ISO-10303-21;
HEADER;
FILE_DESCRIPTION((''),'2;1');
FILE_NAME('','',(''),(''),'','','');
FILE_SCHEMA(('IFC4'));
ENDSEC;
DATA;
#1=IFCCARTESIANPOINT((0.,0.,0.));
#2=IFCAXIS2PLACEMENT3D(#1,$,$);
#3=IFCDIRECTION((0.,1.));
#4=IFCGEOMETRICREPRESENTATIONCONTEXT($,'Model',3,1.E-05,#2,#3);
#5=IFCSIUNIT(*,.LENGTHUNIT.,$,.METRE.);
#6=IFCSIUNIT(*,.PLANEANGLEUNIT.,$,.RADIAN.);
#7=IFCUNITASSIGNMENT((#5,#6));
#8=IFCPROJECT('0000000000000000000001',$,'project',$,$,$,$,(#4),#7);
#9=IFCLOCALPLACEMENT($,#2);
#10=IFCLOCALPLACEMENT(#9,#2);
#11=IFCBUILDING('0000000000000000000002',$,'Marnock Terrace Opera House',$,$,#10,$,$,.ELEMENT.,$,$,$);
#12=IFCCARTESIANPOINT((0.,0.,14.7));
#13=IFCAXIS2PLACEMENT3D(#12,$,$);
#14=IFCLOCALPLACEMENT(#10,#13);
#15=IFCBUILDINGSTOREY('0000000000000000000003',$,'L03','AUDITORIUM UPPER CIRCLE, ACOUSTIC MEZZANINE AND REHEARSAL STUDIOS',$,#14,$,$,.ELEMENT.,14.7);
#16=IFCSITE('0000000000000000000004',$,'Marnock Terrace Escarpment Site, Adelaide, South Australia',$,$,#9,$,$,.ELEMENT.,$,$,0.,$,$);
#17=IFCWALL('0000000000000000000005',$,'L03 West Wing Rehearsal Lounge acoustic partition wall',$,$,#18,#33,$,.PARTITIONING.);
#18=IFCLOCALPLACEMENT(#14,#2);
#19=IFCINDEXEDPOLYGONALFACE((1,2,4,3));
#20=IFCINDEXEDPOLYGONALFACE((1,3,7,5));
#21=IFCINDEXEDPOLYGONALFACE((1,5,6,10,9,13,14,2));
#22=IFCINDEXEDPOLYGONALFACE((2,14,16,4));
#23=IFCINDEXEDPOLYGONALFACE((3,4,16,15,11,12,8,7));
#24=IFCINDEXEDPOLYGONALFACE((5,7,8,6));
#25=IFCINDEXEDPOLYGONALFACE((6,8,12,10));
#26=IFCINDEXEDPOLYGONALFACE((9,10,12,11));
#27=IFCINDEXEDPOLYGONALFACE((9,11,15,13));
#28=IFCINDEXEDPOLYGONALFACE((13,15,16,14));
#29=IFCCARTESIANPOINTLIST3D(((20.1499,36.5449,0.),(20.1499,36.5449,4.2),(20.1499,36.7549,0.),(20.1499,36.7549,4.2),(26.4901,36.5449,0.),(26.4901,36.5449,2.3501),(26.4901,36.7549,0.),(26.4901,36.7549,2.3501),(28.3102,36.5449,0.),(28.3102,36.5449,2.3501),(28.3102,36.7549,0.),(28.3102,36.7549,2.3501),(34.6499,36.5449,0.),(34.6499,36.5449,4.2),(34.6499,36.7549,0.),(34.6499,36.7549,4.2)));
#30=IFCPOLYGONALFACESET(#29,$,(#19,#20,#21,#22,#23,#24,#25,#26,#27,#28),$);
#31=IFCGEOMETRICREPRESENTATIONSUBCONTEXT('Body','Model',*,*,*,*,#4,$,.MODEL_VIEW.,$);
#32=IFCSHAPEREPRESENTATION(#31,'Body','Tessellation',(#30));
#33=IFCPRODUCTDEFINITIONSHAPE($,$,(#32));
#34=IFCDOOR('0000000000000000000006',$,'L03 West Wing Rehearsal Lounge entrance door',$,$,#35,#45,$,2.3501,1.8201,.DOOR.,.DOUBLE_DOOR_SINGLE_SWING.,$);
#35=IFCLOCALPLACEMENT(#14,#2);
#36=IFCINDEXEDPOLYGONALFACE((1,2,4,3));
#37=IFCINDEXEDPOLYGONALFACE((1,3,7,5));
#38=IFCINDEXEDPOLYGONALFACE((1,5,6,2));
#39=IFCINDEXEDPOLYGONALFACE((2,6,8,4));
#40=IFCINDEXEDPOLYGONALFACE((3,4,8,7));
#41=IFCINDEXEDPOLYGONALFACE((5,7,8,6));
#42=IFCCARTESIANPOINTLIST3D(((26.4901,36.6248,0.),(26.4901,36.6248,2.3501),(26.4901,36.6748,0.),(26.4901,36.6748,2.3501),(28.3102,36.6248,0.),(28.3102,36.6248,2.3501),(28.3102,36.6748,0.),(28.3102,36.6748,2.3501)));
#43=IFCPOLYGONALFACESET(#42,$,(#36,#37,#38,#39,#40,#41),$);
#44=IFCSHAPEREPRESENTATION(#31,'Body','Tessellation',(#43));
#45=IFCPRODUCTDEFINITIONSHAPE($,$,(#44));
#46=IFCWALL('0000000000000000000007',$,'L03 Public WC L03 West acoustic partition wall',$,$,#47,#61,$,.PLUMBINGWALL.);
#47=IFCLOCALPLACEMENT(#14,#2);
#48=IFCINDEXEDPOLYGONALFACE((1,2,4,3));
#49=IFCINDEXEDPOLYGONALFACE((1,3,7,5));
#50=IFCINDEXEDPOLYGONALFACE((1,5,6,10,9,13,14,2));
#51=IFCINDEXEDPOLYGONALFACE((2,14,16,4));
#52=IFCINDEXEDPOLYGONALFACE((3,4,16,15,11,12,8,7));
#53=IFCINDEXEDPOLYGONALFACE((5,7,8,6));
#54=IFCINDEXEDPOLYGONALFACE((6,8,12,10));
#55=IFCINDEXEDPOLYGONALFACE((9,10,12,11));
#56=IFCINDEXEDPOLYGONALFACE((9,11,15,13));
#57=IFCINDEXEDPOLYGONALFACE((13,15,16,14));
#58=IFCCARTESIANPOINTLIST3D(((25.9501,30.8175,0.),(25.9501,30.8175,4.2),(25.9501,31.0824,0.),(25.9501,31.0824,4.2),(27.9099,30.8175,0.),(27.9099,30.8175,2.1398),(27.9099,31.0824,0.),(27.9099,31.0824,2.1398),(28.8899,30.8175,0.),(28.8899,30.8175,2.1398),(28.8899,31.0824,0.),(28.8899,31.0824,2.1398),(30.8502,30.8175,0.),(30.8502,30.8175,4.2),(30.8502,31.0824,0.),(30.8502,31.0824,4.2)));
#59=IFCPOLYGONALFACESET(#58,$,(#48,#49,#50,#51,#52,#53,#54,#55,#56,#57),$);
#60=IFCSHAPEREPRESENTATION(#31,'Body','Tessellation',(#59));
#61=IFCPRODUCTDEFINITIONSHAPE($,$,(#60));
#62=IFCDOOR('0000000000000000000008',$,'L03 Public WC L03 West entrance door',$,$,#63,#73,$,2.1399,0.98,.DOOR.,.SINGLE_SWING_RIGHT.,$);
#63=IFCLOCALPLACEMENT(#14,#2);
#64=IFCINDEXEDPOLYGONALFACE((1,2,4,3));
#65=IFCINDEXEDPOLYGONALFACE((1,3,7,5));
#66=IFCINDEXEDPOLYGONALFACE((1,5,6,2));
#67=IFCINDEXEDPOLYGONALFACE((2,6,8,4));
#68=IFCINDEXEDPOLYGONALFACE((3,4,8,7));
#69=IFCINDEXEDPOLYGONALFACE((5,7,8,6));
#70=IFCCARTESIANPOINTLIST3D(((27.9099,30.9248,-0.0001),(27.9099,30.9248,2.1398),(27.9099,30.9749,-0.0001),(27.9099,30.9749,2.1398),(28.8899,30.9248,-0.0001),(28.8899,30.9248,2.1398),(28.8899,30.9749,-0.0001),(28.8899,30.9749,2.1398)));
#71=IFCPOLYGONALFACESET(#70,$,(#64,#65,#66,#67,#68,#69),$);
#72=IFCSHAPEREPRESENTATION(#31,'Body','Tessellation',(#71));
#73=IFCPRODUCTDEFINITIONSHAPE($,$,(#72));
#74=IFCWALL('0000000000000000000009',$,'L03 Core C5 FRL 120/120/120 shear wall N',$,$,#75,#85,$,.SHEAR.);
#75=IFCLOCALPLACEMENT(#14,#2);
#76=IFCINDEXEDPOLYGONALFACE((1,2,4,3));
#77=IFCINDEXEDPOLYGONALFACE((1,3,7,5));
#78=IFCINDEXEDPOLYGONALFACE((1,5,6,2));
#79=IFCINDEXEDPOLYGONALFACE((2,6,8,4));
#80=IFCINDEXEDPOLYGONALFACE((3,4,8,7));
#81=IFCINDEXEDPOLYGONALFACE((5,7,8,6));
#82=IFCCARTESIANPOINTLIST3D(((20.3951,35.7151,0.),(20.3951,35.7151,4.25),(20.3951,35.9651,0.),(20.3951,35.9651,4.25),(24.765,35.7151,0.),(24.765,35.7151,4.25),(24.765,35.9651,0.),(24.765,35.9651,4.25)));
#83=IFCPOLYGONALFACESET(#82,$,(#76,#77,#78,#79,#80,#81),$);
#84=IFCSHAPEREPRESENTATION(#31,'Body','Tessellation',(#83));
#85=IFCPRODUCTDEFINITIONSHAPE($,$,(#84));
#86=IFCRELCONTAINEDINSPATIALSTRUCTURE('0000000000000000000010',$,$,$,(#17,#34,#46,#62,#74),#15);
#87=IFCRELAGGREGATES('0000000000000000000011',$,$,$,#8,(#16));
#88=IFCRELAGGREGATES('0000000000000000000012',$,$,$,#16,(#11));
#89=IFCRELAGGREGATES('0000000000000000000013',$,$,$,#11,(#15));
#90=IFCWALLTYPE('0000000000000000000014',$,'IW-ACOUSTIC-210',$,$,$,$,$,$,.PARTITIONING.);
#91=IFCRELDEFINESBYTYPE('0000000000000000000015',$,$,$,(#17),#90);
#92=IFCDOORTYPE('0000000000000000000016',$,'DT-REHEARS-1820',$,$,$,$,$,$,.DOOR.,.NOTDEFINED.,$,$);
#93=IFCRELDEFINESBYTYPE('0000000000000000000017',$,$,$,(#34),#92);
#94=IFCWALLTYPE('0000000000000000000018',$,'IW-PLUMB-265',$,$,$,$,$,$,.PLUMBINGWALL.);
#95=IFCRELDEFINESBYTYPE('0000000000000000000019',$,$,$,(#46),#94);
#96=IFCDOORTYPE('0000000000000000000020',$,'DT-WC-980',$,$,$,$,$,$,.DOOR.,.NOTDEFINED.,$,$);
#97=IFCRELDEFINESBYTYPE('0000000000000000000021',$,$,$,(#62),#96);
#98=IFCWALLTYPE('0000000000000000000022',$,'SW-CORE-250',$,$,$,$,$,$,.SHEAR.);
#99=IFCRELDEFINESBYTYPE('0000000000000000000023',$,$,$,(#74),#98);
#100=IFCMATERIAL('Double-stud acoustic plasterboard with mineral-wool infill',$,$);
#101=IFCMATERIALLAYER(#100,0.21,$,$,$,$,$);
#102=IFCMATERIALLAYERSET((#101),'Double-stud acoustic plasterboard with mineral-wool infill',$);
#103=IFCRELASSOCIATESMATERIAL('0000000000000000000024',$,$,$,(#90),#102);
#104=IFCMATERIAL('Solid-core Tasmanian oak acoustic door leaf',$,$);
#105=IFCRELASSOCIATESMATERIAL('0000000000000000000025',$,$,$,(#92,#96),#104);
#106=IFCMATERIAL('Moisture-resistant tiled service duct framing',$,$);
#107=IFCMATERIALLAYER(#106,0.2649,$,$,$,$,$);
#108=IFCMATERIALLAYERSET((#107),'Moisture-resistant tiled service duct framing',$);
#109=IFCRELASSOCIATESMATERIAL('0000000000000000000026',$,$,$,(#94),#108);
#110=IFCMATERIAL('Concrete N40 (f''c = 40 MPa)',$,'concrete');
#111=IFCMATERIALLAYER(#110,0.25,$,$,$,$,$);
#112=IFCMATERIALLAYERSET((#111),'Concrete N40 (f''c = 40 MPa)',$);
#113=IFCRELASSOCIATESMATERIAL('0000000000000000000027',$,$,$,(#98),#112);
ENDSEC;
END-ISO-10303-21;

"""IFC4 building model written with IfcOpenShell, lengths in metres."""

from ifc_helpers import new_model, si_unit, direction, frame, frame_2d, origin, place, context, subcontext, project, spatial, rectangle, extrude, material, layer, layer_set, type_object, element, fill, save


model = new_model("IFC4")

# Units and contexts
model_context = context("Model", 3, precision=1e-05, world=origin(), true_north=direction((0.0, 1.0)))
body_context = subcontext(model_context, "Body", "Model", "MODEL_VIEW")
ifc_project = project(units=[si_unit("LENGTHUNIT", "METRE"), si_unit("PLANEANGLEUNIT", "RADIAN")], contexts=[model_context])

# Site, building, storey
site_placement = place(None, origin())
site = spatial("IfcSite", under=ifc_project, at=site_placement, Name="Marnock Terrace Escarpment Site, Adelaide, South Australia", CompositionType="ELEMENT", RefElevation=0.0)
building_placement = place(site_placement, origin())
building = spatial("IfcBuilding", under=site, at=building_placement, Name="Marnock Terrace Opera House", CompositionType="ELEMENT")
storey_placement = place(building_placement, frame((0.0, 0.0, 14.7)))
storey = spatial("IfcBuildingStorey", under=building, at=storey_placement, Name="L03", Description="AUDITORIUM UPPER CIRCLE, ACOUSTIC MEZZANINE AND REHEARSAL STUDIOS", CompositionType="ELEMENT", Elevation=14.7)

# Shared definitions
ifc_material_1 = material(Name="Concrete N40 (f'c = 40 MPa)", Category="concrete")

# Walls, openings, doors
ifc_material_2 = material(Name="Double-stud acoustic plasterboard with mineral-wool infill")
ifc_layer_1 = layer(ifc_material_2, 0.21)
ifc_layer_set_1 = layer_set([ifc_layer_1], Name="Double-stud acoustic plasterboard with mineral-wool infill")
wall_type_1 = type_object("IfcWallType", Name="IW-ACOUSTIC-210", PredefinedType="PARTITIONING", material=ifc_layer_set_1)
wall_1_placement = place(storey_placement, frame((20.1499, 36.6499, 0.0), z_axis=(0.0, 0.0, 1.0), x_axis=(1.0, 0.0, 0.0)))
wall_1 = element("IfcWall", 1, at=wall_1_placement, inside=storey, type_object=wall_type_1, Name="L03 West Wing Rehearsal Lounge acoustic partition wall", PredefinedType="PARTITIONING", context=body_context, shape_type="SweptSolid", body=[
    extrude(rectangle(XDim=14.5, YDim=0.21, at=frame_2d((7.25, 0.0))), origin(), (0.0, 0.0, 1.0), 4.2),
])
opening_1_placement = place(wall_1_placement, frame((6.3401, 0.0, 0.0)))
opening_1 = element("IfcOpeningElement", 2, at=opening_1_placement, cuts=wall_1, PredefinedType="OPENING", context=body_context, shape_type="SweptSolid", body=[
    extrude(rectangle(XDim=1.8201, YDim=2.3501, at=frame_2d((0.9102, 1.175))), frame((0.0, 0.115, 0.0), z_axis=(0.0, -1.0, 0.0), x_axis=(1.0, 0.0, 0.0)), (0.0, 0.0, 1.0), 0.23),
])
ifc_material_3 = material(Name="Solid-core Tasmanian oak acoustic door leaf")
door_type_1 = type_object("IfcDoorType", Name="DT-REHEARS-1820", OperationType="NOTDEFINED", PredefinedType="DOOR", material=ifc_material_3)
door_1_placement = place(opening_1_placement, origin())
door_1 = element("IfcDoor", 3, at=door_1_placement, inside=storey, type_object=door_type_1, Name="L03 West Wing Rehearsal Lounge entrance door", OperationType="DOUBLE_DOOR_SINGLE_SWING", OverallHeight=2.3501, OverallWidth=1.8201, PredefinedType="DOOR", context=body_context, shape_type="SweptSolid", body=[
    extrude(rectangle(XDim=1.8201, YDim=2.3501, at=frame_2d((0.9102, 1.175))), frame((0.0, 0.0249, 0.0), z_axis=(0.0, -1.0, 0.0), x_axis=(1.0, 0.0, 0.0)), (0.0, 0.0, 1.0), 0.05),
])
fill(opening_1, door_1)
ifc_material_4 = material(Name="Moisture-resistant tiled service duct framing")
ifc_layer_2 = layer(ifc_material_4, 0.2649)
ifc_layer_set_2 = layer_set([ifc_layer_2], Name="Moisture-resistant tiled service duct framing")
wall_type_2 = type_object("IfcWallType", Name="IW-PLUMB-265", PredefinedType="PLUMBINGWALL", material=ifc_layer_set_2)
wall_2_placement = place(storey_placement, frame((25.95, 30.95, 0.0), z_axis=(0.0, 0.0, 1.0), x_axis=(1.0, 0.0, 0.0)))
wall_2 = element("IfcWall", 4, at=wall_2_placement, inside=storey, type_object=wall_type_2, Name="L03 Public WC L03 West acoustic partition wall", PredefinedType="PLUMBINGWALL", context=body_context, shape_type="SweptSolid", body=[
    extrude(rectangle(XDim=4.9001, YDim=0.2649, at=frame_2d((2.4502, 0.0))), origin(), (0.0, 0.0, 1.0), 4.2),
])
opening_2_placement = place(wall_2_placement, frame((1.96, 0.0, 0.0)))
opening_2 = element("IfcOpeningElement", 5, at=opening_2_placement, cuts=wall_2, PredefinedType="OPENING", context=body_context, shape_type="SweptSolid", body=[
    extrude(rectangle(XDim=0.98, YDim=2.1399, at=frame_2d((0.49, 1.0698))), frame((0.0, 0.1423, 0.0), z_axis=(0.0, -1.0, 0.0), x_axis=(1.0, 0.0, 0.0)), (0.0, 0.0, 1.0), 0.2849),
])
door_type_2 = type_object("IfcDoorType", Name="DT-WC-980", OperationType="NOTDEFINED", PredefinedType="DOOR", material=ifc_material_3)
door_2_placement = place(opening_2_placement, origin())
door_2 = element("IfcDoor", 6, at=door_2_placement, inside=storey, type_object=door_type_2, Name="L03 Public WC L03 West entrance door", OperationType="SINGLE_SWING_RIGHT", OverallHeight=2.1399, OverallWidth=0.98, PredefinedType="DOOR", context=body_context, shape_type="SweptSolid", body=[
    extrude(rectangle(XDim=0.98, YDim=2.1399, at=frame_2d((0.49, 1.0698))), frame((0.0, 0.0249, 0.0), z_axis=(0.0, -1.0, 0.0), x_axis=(1.0, 0.0, 0.0)), (0.0, 0.0, 1.0), 0.05),
])
fill(opening_2, door_2)

# Wall
ifc_layer_3 = layer(ifc_material_1, 0.25)
ifc_layer_set_3 = layer_set([ifc_layer_3], Name="Concrete N40 (f'c = 40 MPa)")
wall_type_3 = type_object("IfcWallType", Name="SW-CORE-250", PredefinedType="SHEAR", material=ifc_layer_set_3)
wall_3_placement = place(storey_placement, frame((20.395, 35.8401, 0.0), z_axis=(0.0, 0.0, 1.0), x_axis=(1.0, 0.0, 0.0)))
element("IfcWall", 7, at=wall_3_placement, inside=storey, type_object=wall_type_3, Name="L03 Core C5 FRL 120/120/120 shear wall N", PredefinedType="SHEAR", context=body_context, shape_type="SweptSolid", body=[
    extrude(rectangle(XDim=4.3699, YDim=0.25, at=frame_2d((2.1851, 0.0))), origin(), (0.0, 0.0, 1.0), 4.25),
])

save(model, "model.ifc")
